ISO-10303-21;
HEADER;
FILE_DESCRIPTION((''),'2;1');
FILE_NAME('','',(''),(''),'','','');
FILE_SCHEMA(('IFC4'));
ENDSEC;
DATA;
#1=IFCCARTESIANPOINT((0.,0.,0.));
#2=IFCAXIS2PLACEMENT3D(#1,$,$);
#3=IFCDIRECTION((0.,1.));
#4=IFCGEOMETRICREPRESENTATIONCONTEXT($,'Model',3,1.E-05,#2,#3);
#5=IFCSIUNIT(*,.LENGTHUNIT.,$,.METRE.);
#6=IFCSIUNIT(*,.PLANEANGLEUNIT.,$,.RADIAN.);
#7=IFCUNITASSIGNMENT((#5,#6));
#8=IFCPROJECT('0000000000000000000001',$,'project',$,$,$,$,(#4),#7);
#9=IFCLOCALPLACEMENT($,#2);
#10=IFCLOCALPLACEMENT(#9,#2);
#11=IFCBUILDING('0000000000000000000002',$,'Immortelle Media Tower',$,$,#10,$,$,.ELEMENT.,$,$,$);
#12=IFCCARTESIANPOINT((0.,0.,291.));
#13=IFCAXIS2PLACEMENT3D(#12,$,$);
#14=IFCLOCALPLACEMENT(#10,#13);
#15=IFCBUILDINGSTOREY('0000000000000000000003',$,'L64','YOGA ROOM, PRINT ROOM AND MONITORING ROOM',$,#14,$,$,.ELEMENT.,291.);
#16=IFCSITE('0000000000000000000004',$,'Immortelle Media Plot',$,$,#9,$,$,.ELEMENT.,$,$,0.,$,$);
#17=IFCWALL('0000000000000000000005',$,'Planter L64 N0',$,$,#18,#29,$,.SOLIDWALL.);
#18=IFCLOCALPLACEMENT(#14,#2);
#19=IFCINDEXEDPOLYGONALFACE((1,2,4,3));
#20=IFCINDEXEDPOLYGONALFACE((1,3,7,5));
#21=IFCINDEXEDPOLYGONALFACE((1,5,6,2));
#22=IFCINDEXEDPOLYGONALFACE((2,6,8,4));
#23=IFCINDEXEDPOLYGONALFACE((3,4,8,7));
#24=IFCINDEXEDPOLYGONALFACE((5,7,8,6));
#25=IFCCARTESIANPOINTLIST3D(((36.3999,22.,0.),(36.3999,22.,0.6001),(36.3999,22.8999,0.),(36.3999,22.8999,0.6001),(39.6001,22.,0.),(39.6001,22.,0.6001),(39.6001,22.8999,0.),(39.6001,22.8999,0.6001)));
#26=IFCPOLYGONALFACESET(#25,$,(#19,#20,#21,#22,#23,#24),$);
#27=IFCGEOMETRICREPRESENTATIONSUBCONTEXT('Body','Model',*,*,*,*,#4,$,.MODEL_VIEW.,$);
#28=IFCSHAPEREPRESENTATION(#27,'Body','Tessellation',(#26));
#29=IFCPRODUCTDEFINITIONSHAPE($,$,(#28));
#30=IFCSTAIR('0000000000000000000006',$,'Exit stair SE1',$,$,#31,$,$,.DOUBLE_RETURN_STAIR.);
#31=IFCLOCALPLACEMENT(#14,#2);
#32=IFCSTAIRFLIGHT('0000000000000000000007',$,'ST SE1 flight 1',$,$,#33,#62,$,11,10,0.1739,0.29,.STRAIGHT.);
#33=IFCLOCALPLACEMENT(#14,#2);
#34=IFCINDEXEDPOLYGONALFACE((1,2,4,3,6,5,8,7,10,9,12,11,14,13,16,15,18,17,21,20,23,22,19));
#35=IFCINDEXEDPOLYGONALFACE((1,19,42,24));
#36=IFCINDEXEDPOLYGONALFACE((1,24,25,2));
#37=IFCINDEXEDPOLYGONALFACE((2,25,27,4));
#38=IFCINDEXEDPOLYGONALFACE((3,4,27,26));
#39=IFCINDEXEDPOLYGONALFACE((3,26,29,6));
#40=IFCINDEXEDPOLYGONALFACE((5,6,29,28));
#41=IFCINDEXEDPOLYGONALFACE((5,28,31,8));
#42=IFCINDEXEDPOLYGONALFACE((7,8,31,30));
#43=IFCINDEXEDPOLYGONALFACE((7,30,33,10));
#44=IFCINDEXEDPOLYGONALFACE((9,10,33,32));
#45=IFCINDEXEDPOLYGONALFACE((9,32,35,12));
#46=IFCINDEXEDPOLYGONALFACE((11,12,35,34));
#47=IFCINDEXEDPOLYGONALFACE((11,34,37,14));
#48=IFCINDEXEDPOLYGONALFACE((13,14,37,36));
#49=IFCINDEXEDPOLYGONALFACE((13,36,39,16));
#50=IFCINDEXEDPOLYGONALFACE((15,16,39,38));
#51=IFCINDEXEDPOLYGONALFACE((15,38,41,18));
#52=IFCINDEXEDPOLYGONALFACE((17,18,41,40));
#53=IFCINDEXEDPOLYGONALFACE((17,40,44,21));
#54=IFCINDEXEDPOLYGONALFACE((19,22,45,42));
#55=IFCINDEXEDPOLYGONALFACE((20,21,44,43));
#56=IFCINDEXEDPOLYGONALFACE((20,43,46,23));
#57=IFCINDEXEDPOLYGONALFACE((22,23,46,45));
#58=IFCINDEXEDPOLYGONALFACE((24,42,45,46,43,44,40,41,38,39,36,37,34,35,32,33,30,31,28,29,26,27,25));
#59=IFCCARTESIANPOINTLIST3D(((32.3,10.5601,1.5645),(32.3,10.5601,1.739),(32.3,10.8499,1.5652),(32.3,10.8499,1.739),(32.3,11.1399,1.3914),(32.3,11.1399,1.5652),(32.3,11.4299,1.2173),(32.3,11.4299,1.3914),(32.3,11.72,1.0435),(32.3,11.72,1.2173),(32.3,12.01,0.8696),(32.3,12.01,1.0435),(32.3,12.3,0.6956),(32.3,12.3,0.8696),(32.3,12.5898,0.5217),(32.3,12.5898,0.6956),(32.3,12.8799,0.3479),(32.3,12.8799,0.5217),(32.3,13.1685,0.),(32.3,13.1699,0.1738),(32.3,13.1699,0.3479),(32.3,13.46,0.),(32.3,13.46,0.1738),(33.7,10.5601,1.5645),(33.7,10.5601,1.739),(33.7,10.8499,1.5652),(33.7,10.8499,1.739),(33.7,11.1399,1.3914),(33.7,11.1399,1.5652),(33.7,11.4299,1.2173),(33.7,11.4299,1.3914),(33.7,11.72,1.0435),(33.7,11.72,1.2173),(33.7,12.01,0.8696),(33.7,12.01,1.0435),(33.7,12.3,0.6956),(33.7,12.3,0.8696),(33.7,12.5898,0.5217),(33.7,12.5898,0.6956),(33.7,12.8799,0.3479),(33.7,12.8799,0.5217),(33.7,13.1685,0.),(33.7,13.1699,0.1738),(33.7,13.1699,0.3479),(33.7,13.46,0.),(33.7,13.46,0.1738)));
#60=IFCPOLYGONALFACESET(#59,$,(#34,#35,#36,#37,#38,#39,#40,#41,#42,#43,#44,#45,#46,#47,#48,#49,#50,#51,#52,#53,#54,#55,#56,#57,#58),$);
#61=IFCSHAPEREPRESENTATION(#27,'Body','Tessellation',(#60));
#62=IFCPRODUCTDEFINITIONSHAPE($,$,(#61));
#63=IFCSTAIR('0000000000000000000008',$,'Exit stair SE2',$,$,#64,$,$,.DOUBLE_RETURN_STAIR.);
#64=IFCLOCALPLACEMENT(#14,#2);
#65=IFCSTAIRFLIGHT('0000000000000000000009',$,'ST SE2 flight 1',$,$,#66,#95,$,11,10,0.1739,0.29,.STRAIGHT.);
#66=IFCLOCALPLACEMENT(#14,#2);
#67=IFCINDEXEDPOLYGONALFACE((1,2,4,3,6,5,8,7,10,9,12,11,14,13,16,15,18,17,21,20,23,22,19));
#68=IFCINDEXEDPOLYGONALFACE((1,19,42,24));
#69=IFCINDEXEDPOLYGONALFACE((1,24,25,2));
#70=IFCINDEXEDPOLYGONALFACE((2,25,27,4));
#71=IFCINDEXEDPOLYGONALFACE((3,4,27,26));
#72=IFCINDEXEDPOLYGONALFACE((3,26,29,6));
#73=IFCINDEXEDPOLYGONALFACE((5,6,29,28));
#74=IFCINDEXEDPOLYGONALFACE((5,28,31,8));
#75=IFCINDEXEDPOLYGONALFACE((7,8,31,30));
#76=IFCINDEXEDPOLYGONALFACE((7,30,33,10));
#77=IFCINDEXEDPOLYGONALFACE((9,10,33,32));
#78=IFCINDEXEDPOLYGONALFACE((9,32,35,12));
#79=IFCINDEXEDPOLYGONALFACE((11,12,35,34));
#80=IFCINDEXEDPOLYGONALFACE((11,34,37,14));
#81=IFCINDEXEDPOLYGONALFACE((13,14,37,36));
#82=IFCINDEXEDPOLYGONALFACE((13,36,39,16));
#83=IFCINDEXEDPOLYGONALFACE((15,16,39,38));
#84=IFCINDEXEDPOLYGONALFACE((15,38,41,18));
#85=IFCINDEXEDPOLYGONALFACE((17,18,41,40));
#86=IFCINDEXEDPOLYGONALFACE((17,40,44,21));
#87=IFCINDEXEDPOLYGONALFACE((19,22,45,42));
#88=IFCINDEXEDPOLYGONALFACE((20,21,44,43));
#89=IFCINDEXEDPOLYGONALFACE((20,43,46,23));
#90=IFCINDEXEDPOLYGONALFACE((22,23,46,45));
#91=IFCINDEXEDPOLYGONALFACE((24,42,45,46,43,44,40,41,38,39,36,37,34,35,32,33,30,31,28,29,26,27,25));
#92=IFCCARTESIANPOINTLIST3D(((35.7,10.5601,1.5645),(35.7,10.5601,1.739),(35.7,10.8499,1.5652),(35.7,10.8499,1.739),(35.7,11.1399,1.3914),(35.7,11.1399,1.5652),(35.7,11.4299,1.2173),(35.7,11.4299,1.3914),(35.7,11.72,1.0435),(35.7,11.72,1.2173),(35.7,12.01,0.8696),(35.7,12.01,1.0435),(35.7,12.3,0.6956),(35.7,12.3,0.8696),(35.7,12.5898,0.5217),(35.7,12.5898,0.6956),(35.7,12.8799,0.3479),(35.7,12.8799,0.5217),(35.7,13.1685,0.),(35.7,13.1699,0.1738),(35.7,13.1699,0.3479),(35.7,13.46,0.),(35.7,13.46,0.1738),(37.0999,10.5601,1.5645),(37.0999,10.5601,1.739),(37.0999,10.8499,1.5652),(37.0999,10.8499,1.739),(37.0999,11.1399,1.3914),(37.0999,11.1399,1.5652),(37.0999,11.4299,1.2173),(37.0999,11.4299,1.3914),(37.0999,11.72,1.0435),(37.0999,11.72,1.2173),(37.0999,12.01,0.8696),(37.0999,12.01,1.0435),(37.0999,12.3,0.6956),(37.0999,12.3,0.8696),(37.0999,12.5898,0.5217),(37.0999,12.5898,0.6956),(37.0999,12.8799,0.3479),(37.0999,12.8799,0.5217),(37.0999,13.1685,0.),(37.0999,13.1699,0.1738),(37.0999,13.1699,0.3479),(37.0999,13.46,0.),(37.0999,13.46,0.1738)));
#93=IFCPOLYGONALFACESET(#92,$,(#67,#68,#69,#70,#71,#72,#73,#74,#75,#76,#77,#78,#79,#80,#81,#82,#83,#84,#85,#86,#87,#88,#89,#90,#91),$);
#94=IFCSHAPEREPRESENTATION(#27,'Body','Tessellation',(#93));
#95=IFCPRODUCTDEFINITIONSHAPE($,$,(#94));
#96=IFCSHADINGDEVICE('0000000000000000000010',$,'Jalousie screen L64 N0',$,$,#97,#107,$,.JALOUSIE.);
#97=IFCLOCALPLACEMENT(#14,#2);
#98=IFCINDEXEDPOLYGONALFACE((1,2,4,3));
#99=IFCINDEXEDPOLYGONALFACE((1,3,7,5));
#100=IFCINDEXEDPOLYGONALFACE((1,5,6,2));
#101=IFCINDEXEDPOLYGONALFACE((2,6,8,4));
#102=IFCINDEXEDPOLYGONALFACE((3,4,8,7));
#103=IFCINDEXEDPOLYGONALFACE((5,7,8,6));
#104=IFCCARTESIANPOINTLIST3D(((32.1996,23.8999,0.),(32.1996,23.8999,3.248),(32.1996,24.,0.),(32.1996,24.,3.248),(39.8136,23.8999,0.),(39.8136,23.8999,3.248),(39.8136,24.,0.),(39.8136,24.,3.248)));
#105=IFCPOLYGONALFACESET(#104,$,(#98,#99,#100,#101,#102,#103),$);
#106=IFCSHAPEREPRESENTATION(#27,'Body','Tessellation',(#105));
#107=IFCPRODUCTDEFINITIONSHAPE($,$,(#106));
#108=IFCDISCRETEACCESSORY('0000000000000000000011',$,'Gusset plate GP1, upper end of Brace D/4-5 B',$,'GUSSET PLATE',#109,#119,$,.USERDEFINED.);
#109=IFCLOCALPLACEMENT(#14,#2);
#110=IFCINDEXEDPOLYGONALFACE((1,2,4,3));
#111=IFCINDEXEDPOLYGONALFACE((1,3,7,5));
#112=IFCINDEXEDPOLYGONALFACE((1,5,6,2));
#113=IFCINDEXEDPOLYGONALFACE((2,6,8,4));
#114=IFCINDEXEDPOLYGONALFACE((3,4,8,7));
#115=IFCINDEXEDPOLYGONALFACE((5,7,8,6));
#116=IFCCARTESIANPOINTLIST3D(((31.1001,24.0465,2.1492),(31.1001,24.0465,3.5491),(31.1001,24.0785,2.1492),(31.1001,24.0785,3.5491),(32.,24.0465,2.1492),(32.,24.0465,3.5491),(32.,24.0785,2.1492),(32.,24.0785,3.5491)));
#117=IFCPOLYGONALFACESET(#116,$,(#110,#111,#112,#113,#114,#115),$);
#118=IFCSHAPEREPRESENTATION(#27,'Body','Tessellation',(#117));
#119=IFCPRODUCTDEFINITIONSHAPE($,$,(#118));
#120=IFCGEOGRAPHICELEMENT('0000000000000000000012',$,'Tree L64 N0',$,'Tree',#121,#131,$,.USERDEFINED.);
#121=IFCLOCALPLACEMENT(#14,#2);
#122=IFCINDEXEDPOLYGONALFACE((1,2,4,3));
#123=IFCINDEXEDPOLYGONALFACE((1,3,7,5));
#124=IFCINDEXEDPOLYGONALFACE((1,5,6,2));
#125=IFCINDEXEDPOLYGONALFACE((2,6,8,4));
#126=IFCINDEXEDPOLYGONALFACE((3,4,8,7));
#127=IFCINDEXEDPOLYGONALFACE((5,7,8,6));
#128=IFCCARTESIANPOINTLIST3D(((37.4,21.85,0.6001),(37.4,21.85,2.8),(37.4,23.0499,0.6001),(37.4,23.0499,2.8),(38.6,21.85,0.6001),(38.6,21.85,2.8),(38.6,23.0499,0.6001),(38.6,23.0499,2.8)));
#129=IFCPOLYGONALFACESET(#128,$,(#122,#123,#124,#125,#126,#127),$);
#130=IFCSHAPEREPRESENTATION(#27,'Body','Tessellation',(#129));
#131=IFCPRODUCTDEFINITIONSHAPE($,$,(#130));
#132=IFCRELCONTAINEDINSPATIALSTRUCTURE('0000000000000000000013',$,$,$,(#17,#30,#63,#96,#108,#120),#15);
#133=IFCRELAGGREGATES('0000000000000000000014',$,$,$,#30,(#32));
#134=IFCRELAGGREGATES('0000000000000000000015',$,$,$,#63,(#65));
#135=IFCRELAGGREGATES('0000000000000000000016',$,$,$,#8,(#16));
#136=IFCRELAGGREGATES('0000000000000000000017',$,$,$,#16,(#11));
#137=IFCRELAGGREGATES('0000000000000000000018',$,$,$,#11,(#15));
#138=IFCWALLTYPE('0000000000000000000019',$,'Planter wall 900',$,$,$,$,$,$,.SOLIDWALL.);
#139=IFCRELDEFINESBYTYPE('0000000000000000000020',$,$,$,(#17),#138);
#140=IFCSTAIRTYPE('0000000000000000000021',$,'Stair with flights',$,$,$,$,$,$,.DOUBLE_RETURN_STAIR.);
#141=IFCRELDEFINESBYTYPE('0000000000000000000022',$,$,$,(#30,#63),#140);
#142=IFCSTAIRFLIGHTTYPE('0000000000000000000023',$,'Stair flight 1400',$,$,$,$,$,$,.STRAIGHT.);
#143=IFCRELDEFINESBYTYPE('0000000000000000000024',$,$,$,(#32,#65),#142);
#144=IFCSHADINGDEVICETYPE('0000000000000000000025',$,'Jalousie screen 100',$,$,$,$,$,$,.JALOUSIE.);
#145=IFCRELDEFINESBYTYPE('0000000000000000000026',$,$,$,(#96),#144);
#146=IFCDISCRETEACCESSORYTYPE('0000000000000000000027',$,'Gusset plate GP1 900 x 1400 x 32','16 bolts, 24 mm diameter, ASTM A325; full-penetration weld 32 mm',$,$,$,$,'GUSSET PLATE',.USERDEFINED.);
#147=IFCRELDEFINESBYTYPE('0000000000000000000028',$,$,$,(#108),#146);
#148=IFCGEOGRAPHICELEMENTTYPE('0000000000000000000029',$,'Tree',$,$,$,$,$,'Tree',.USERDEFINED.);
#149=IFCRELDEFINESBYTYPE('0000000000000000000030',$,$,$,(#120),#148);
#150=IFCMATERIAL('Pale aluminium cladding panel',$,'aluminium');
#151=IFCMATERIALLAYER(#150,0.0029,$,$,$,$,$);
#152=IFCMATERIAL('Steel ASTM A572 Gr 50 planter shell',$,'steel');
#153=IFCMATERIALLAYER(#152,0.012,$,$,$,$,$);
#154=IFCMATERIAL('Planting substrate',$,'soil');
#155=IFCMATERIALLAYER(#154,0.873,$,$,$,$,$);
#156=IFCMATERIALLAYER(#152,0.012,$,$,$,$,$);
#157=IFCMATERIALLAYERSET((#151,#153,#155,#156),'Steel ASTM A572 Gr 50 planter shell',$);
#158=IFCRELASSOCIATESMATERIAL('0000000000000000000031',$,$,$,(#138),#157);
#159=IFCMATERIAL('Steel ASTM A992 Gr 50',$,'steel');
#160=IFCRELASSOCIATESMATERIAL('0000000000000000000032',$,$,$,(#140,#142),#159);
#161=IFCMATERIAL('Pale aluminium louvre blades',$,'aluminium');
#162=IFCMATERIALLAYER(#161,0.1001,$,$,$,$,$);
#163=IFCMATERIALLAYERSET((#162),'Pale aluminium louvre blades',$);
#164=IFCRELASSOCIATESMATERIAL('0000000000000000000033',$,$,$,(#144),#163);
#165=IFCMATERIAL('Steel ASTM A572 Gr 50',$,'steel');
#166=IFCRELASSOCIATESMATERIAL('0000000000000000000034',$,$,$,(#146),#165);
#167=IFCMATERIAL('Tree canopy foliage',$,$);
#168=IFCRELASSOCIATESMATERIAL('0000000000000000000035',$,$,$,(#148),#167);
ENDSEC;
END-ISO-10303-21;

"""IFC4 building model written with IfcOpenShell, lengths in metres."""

from ifc_helpers import new_model, si_unit, direction, frame, frame_2d, origin, origin_2d, place, context, subcontext, project, spatial, polyline, rectangle, outline, extrude, material, layer, layer_set, material_profile, profile_set, type_object, element, aggregate, save


model = new_model("IFC4")

# Units and contexts
model_context = context("Model", 3, precision=1e-05, world=origin(), true_north=direction((0.0, 1.0)))
body_context = subcontext(model_context, "Body", "Model", "MODEL_VIEW")
ifc_project = project(units=[si_unit("LENGTHUNIT", "METRE"), si_unit("PLANEANGLEUNIT", "RADIAN")], contexts=[model_context])

# Site, building, storey
site_placement = place(None, origin())
site = spatial("IfcSite", under=ifc_project, at=site_placement, Name="Immortelle Media Plot", CompositionType="ELEMENT", RefElevation=0.0)
building_placement = place(site_placement, origin())
building = spatial("IfcBuilding", under=site, at=building_placement, Name="Immortelle Media Tower", CompositionType="ELEMENT")
storey_placement = place(building_placement, frame((0.0, 0.0, 291.0)))
storey = spatial("IfcBuildingStorey", under=building, at=storey_placement, Name="L64", Description="YOGA ROOM, PRINT ROOM AND MONITORING ROOM", CompositionType="ELEMENT", Elevation=291.0)

# Shared definitions
ifc_material_1 = material(Name="Steel ASTM A992 Gr 50", Category="steel")

# Shared definitions
ifc_material_2 = material(Name="Pale aluminium cladding panel", Category="aluminium")

# Wall
ifc_layer_1 = layer(ifc_material_2, 0.0029)
ifc_material_3 = material(Name="Steel ASTM A572 Gr 50 planter shell", Category="steel")
ifc_layer_2 = layer(ifc_material_3, 0.012)
ifc_material_4 = material(Name="Planting substrate", Category="soil")
ifc_layer_3 = layer(ifc_material_4, 0.873)
ifc_layer_4 = layer(ifc_material_3, 0.012)
ifc_layer_set_1 = layer_set([ifc_layer_1, ifc_layer_2, ifc_layer_3, ifc_layer_4], Name="Steel ASTM A572 Gr 50 planter shell")
wall_type_1 = type_object("IfcWallType", Name="Planter wall 900", PredefinedType="SOLIDWALL", material=ifc_layer_set_1)
wall_1_placement = place(storey_placement, frame((39.6001, 22.45, 0.0), z_axis=(0.0, 0.0, 1.0), x_axis=(-1.0, 0.0, 0.0)))
element("IfcWall", 1, at=wall_1_placement, inside=storey, type_object=wall_type_1, Name="Planter L64 N0", PredefinedType="SOLIDWALL", context=body_context, shape_type="SweptSolid", body=[
    extrude(rectangle(XDim=3.2002, YDim=0.8999, at=frame_2d((1.6001, 0.0))), origin(), (0.0, 0.0, 1.0), 0.6001),
])

# Stairs, stair flights
stair_type = type_object("IfcStairType", Name="Stair with flights", PredefinedType="DOUBLE_RETURN_STAIR", material=ifc_material_1)
stair_1_placement = place(storey_placement, origin())
stair_1 = element("IfcStair", 2, at=stair_1_placement, inside=storey, type_object=stair_type, Name="Exit stair SE1", PredefinedType="DOUBLE_RETURN_STAIR")
stair_flight_type = type_object("IfcStairFlightType", Name="Stair flight 1400", PredefinedType="STRAIGHT", material=ifc_material_1)
stair_flight_1_placement = place(storey_placement, frame((33.0, 13.46, 0.0), z_axis=(0.0, 0.0, 1.0), x_axis=(0.0, -1.0, 0.0)))
stair_flight_1 = element("IfcStairFlight", 3, at=stair_flight_1_placement, type_object=stair_flight_type, Name="ST SE1 flight 1", NumberOfRisers=11, NumberOfTreads=10, PredefinedType="STRAIGHT", RiserHeight=0.1739, TreadLength=0.29, context=body_context, shape_type="SweptSolid", body=[
    extrude(outline(polyline([(0.0, 0.0), (0.0, 0.1738), (0.29, 0.1738), (0.29, 0.3479), (0.5801, 0.3479), (0.5801, 0.5217), (0.8701, 0.5217), (0.8701, 0.6956), (1.1599, 0.6956), (1.1599, 0.8696), (1.45, 0.8696), (1.45, 1.0435), (1.74, 1.0435), (1.74, 1.2173), (2.03, 1.2173), (2.03, 1.3914), (2.3201, 1.3914), (2.3201, 1.5652), (2.6101, 1.5652), (2.6101, 1.739), (2.8999, 1.739), (2.8999, 1.9131), (2.8999, 1.5645), (0.2915, 0.0), (0.0, 0.0)])), frame((0.0, 0.7, 0.0), z_axis=(0.0, -1.0, 0.0), x_axis=(1.0, 0.0, 0.0)), (0.0, 0.0, 1.0), 1.3999),
])
aggregate(stair_1, [stair_flight_1])
stair_2_placement = place(storey_placement, origin())
stair_2 = element("IfcStair", 4, at=stair_2_placement, inside=storey, type_object=stair_type, Name="Exit stair SE2", PredefinedType="DOUBLE_RETURN_STAIR")
stair_flight_2_placement = place(storey_placement, frame((36.3999, 13.46, 0.0), z_axis=(0.0, 0.0, 1.0), x_axis=(0.0, -1.0, 0.0)))
stair_flight_2 = element("IfcStairFlight", 5, at=stair_flight_2_placement, type_object=stair_flight_type, Name="ST SE2 flight 1", NumberOfRisers=11, NumberOfTreads=10, PredefinedType="STRAIGHT", RiserHeight=0.1739, TreadLength=0.29, context=body_context, shape_type="SweptSolid", body=[
    extrude(outline(polyline([(0.0, 0.0), (0.0, 0.1738), (0.29, 0.1738), (0.29, 0.3479), (0.5801, 0.3479), (0.5801, 0.5217), (0.8701, 0.5217), (0.8701, 0.6956), (1.1599, 0.6956), (1.1599, 0.8696), (1.45, 0.8696), (1.45, 1.0435), (1.74, 1.0435), (1.74, 1.2173), (2.03, 1.2173), (2.03, 1.3914), (2.3201, 1.3914), (2.3201, 1.5652), (2.6101, 1.5652), (2.6101, 1.739), (2.8999, 1.739), (2.8999, 1.9131), (2.8999, 1.5645), (0.2915, 0.0), (0.0, 0.0)])), frame((0.0, 0.7, 0.0), z_axis=(0.0, -1.0, 0.0), x_axis=(1.0, 0.0, 0.0)), (0.0, 0.0, 1.0), 1.3999),
])
aggregate(stair_2, [stair_flight_2])

# Shading device
ifc_material_5 = material(Name="Pale aluminium louvre blades", Category="aluminium")
ifc_layer_5 = layer(ifc_material_5, 0.1001)
ifc_layer_set_2 = layer_set([ifc_layer_5], Name="Pale aluminium louvre blades")
shading_device_type = type_object("IfcShadingDeviceType", Name="Jalousie screen 100", PredefinedType="JALOUSIE", material=ifc_layer_set_2)
shading_device_placement = place(storey_placement, frame((36.0066, 23.95, 0.0), z_axis=(0.0, 0.0, 1.0), x_axis=(-1.0, 0.0, 0.0)))
element("IfcShadingDevice", 6, at=shading_device_placement, inside=storey, type_object=shading_device_type, Name="Jalousie screen L64 N0", PredefinedType="JALOUSIE", context=body_context, shape_type="SweptSolid", body=[
    extrude(rectangle(XDim=7.614, YDim=0.1001, at=origin_2d()), origin(), (0.0, 0.0, 1.0), 3.248),
])

# Discrete accessory
ifc_material_6 = material(Name="Steel ASTM A572 Gr 50", Category="steel")
ifc_material_profile_1 = material_profile(ifc_material_6, rectangle(XDim=0.032, YDim=1.3999, at=origin_2d()), Name="PL 32 x 1400")
ifc_profile_set_1 = profile_set([ifc_material_profile_1], Name="Steel ASTM A572 Gr 50")
discrete_accessory_type = type_object("IfcDiscreteAccessoryType", Name="Gusset plate GP1 900 x 1400 x 32", Description="16 bolts, 24 mm diameter, ASTM A325; full-penetration weld 32 mm", ElementType="GUSSET PLATE", PredefinedType="USERDEFINED", material=ifc_profile_set_1)
discrete_accessory_placement = place(storey_placement, frame((32.0, 24.0625, 2.8491), z_axis=(-1.0, 0.0, 0.0), x_axis=(0.0, -1.0, 0.0)))
element("IfcDiscreteAccessory", 7, at=discrete_accessory_placement, inside=storey, type_object=discrete_accessory_type, Name="Gusset plate GP1, upper end of Brace D/4-5 B", ObjectType="GUSSET PLATE", PredefinedType="USERDEFINED", context=body_context, shape_type="SweptSolid", body=[
    extrude(rectangle(XDim=0.032, YDim=1.3999, at=origin_2d()), origin(), (0.0, 0.0, 1.0), 0.8999),
])

# Geographic element
ifc_material_7 = material(Name="Tree canopy foliage")
geographic_element_type = type_object("IfcGeographicElementType", Name="Tree", ElementType="Tree", PredefinedType="USERDEFINED", material=ifc_material_7)
geographic_element_placement = place(storey_placement, frame((38.0, 22.45, 0.6001), z_axis=(0.0, 0.0, 1.0), x_axis=(1.0, 0.0, 0.0)))
element("IfcGeographicElement", 8, at=geographic_element_placement, inside=storey, type_object=geographic_element_type, Name="Tree L64 N0", ObjectType="Tree", PredefinedType="USERDEFINED", context=body_context, shape_type="SweptSolid", body=[
    extrude(rectangle(XDim=1.2, YDim=1.2, at=origin_2d()), origin(), (0.0, 0.0, 1.0), 2.2),
])

save(model, "model.ifc")
